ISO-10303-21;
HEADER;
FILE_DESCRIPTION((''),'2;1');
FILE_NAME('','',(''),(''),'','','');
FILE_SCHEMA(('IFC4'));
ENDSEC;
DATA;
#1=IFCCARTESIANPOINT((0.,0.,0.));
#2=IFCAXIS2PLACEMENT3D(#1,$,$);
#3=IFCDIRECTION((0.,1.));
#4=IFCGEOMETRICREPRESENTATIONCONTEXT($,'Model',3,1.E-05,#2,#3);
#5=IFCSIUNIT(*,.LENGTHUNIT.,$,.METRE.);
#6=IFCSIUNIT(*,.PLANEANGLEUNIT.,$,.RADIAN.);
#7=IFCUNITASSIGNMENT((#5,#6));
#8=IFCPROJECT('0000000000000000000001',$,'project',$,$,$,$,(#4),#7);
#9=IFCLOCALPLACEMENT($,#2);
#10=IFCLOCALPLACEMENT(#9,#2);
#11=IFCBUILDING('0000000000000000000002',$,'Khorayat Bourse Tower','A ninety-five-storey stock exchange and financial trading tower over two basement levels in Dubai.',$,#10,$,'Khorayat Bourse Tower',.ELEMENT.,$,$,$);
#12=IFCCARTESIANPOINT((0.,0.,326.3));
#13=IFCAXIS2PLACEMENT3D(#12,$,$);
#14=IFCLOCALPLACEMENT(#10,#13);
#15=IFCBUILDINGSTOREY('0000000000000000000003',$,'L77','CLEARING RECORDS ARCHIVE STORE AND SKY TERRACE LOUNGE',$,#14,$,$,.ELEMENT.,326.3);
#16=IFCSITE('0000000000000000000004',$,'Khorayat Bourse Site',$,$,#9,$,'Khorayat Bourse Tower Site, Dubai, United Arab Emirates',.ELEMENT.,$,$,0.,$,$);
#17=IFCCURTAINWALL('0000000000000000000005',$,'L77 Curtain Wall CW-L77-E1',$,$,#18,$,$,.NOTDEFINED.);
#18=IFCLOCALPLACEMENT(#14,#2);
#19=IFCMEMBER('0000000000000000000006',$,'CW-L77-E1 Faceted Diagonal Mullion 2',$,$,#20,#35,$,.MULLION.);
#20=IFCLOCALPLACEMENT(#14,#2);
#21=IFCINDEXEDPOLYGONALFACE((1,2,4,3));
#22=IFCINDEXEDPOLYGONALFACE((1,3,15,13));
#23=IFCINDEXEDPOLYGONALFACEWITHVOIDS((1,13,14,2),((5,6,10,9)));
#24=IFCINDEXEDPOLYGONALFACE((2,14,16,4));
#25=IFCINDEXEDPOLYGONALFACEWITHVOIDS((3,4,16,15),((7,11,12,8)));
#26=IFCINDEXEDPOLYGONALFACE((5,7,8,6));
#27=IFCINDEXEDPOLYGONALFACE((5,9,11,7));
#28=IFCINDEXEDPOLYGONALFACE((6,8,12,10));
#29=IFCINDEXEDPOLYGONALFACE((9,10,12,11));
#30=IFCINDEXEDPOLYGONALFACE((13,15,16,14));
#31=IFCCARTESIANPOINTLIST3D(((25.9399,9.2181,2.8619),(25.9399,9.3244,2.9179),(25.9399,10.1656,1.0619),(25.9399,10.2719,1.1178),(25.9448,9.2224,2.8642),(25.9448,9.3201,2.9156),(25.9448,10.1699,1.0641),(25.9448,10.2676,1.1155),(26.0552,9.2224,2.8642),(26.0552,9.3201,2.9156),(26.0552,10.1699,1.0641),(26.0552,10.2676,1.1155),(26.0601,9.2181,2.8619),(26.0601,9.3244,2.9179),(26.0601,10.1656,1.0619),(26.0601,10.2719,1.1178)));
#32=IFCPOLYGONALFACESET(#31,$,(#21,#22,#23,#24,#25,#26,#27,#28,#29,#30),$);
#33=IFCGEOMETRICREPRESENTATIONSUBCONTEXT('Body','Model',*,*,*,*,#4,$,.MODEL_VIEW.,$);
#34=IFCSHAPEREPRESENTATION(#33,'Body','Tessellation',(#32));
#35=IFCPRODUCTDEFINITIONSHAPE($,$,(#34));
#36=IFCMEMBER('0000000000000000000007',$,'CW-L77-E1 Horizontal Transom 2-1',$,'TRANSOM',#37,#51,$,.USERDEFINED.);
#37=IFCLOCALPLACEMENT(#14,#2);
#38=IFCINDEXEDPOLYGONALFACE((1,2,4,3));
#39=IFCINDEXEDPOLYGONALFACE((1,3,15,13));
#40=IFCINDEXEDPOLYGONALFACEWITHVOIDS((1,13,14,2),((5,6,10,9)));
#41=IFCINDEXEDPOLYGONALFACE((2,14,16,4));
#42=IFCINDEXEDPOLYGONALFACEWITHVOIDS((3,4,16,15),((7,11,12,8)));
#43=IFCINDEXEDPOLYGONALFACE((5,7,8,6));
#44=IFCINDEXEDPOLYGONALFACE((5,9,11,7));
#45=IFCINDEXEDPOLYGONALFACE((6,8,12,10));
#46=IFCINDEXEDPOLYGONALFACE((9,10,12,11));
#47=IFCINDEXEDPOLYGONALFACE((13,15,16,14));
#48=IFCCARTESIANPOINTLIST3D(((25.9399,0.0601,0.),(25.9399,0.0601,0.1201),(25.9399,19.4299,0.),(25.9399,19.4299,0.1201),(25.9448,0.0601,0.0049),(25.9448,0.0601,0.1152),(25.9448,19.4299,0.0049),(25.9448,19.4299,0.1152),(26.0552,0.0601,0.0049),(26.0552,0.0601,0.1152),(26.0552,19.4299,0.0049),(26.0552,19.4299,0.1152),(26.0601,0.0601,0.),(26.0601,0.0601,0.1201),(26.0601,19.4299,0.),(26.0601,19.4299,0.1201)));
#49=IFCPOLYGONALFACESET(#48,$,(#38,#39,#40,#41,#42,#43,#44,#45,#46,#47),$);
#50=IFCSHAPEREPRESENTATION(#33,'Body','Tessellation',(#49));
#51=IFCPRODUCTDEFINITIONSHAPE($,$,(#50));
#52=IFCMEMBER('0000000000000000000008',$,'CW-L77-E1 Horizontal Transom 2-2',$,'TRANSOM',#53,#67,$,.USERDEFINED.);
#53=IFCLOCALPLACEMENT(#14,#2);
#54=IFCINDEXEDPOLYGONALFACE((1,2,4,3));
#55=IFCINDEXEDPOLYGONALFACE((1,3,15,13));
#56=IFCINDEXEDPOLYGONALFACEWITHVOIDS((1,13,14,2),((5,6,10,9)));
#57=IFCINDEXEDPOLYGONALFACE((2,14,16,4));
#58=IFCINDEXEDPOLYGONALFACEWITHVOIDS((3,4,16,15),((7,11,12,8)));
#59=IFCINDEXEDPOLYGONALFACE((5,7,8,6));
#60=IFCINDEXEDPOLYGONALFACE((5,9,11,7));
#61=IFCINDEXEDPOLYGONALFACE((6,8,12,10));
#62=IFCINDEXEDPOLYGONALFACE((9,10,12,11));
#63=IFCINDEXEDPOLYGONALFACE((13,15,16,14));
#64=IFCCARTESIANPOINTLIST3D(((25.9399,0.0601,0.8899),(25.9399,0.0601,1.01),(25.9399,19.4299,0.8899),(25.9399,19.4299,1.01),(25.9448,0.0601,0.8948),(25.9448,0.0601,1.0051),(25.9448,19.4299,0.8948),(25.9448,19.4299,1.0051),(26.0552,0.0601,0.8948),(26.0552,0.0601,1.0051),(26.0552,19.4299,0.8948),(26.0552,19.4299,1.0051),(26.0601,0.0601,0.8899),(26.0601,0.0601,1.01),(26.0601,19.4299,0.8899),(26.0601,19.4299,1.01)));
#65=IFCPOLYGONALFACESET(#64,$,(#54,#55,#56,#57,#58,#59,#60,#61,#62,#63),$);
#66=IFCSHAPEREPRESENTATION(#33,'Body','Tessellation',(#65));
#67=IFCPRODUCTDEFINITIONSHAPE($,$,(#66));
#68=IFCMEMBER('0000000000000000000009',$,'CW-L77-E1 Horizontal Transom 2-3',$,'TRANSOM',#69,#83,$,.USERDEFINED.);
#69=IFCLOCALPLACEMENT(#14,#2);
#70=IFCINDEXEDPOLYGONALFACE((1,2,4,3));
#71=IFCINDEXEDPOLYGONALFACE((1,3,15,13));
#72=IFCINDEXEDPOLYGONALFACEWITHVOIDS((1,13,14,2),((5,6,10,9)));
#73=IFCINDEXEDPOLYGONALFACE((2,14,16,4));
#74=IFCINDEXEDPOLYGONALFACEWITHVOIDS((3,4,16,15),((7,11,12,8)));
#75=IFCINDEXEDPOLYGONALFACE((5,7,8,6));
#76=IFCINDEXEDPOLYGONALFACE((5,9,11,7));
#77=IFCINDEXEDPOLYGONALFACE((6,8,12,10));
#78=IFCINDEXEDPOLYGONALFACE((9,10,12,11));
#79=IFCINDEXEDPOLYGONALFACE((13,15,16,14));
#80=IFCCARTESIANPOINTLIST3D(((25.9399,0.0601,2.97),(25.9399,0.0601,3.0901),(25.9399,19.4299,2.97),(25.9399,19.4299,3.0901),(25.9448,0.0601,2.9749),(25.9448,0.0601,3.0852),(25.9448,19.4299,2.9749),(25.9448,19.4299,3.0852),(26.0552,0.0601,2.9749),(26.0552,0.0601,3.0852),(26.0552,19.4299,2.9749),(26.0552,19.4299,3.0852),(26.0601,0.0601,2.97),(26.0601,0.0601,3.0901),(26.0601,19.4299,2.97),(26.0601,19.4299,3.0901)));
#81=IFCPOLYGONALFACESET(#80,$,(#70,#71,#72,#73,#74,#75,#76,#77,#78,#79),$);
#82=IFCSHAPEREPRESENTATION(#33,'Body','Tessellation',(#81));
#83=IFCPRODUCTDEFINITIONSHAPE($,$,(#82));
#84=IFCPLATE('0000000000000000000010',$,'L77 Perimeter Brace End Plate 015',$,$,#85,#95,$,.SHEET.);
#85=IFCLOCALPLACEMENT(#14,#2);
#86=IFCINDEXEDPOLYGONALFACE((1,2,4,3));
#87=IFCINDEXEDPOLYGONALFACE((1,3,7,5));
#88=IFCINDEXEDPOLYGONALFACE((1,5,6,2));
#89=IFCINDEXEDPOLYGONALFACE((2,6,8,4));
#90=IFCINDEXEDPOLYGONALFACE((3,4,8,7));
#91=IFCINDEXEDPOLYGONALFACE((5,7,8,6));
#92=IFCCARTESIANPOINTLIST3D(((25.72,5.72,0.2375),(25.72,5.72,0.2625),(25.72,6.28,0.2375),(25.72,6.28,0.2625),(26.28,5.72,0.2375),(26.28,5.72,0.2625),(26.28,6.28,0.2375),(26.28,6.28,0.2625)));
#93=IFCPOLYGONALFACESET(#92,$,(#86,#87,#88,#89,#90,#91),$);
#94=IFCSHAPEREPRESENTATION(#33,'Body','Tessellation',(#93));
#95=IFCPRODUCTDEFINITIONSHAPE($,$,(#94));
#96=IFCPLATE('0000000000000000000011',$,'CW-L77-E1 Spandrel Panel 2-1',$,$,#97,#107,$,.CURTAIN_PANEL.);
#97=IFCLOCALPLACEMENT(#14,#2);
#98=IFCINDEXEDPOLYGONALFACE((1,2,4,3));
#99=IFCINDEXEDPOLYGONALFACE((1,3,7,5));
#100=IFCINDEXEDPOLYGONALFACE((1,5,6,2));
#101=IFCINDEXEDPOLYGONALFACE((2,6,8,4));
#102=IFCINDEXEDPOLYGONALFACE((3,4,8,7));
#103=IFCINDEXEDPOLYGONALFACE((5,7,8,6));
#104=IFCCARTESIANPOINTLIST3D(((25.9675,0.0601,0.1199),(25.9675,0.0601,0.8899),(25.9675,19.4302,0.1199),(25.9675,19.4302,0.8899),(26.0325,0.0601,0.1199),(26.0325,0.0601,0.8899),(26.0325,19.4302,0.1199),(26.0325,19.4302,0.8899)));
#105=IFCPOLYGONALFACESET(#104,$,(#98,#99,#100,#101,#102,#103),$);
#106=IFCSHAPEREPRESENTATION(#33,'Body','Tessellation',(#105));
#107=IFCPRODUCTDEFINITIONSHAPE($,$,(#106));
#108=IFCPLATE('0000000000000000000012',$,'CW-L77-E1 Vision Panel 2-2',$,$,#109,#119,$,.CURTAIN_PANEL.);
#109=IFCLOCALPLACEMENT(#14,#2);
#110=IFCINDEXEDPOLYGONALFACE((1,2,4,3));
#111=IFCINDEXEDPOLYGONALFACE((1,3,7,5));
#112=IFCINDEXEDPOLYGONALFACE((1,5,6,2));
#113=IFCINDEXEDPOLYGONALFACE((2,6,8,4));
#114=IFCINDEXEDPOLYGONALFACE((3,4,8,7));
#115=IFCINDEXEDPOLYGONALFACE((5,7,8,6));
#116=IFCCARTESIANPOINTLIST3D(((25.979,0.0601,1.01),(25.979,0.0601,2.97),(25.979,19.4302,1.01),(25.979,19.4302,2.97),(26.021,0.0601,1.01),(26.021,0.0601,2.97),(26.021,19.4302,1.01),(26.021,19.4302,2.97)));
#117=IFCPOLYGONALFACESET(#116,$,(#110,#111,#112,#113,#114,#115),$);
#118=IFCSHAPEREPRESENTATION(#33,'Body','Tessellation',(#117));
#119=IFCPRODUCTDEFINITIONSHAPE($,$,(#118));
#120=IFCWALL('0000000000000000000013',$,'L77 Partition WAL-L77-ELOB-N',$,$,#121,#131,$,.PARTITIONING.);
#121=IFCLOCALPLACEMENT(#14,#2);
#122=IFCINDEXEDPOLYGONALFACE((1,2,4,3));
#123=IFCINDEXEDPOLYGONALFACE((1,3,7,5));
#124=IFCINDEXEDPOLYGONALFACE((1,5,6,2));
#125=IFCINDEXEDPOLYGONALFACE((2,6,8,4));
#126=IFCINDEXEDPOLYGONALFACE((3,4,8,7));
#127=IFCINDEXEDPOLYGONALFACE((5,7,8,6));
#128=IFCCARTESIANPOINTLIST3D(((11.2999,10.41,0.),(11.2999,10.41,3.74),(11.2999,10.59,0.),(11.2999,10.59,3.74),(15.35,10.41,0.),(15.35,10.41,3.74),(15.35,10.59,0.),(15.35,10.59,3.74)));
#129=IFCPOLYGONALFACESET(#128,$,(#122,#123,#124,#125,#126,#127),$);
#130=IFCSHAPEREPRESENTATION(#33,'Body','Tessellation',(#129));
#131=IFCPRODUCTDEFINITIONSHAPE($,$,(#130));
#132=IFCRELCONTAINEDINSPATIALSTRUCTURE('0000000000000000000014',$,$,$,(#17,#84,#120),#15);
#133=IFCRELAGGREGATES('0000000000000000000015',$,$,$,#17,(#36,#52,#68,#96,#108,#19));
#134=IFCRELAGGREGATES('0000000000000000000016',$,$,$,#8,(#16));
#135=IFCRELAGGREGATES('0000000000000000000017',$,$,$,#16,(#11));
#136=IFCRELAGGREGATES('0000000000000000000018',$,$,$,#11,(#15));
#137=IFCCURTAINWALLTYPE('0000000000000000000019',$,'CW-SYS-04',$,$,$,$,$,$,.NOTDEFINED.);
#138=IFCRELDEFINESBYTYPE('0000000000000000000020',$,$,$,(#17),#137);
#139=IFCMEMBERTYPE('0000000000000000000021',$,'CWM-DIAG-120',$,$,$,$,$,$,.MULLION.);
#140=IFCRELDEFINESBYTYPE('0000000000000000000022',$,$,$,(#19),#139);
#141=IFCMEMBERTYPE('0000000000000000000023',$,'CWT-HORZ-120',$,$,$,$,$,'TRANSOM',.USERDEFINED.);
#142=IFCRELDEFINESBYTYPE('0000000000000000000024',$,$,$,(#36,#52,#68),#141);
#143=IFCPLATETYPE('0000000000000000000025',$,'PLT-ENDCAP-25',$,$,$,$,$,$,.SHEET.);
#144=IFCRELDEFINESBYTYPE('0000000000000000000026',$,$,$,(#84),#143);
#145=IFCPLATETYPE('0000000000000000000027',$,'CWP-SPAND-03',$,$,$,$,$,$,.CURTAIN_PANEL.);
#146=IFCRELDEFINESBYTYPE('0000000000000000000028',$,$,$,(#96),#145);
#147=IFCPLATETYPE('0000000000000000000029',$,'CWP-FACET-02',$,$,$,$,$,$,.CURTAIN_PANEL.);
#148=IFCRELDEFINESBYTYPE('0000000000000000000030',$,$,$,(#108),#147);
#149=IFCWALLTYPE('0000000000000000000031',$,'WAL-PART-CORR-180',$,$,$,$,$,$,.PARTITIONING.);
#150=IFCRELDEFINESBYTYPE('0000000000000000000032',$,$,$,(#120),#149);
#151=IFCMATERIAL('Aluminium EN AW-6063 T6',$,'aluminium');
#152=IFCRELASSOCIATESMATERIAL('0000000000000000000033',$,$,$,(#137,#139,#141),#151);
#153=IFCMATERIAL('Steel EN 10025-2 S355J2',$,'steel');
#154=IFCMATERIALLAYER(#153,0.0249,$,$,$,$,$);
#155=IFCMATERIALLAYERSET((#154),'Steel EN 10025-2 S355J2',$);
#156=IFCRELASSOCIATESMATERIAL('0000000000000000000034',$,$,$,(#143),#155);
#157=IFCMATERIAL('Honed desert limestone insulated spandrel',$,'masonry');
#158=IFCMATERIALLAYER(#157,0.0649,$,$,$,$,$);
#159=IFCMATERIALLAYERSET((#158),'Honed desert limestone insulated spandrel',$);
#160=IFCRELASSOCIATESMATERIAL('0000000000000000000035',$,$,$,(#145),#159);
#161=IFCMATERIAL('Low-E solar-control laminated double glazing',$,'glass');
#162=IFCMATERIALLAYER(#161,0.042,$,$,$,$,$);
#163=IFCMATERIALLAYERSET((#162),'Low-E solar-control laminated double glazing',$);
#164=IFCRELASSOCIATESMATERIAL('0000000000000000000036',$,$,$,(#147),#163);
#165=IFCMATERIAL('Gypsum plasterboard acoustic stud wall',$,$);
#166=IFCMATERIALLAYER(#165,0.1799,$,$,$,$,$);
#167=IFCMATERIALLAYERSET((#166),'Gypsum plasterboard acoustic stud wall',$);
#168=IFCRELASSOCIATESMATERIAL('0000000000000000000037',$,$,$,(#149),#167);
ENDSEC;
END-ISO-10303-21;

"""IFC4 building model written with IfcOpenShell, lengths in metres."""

from ifc_helpers import new_model, si_unit, direction, frame, frame_2d, origin, origin_2d, place, context, subcontext, project, spatial, rectangle, hollow_rectangle, extrude, source, transform, mapped, material, layer, layer_set, material_profile, profile_set, type_object, element, aggregate, save


model = new_model("IFC4")

# Units and contexts
model_context = context("Model", 3, precision=1e-05, world=origin(), true_north=direction((0.0, 1.0)))
body_context = subcontext(model_context, "Body", "Model", "MODEL_VIEW")
ifc_project = project(units=[si_unit("LENGTHUNIT", "METRE"), si_unit("PLANEANGLEUNIT", "RADIAN")], contexts=[model_context])

# Site, building, storey
site_placement = place(None, origin())
site = spatial("IfcSite", under=ifc_project, at=site_placement, Name="Khorayat Bourse Site", LongName="Khorayat Bourse Tower Site, Dubai, United Arab Emirates", CompositionType="ELEMENT", RefElevation=0.0)
building_placement = place(site_placement, origin())
building = spatial("IfcBuilding", under=site, at=building_placement, Name="Khorayat Bourse Tower", Description="A ninety-five-storey stock exchange and financial trading tower over two basement levels in Dubai.", LongName="Khorayat Bourse Tower", CompositionType="ELEMENT")
storey_placement = place(building_placement, frame((0.0, 0.0, 326.3)))
storey = spatial("IfcBuildingStorey", under=building, at=storey_placement, Name="L77", Description="CLEARING RECORDS ARCHIVE STORE AND SKY TERRACE LOUNGE", CompositionType="ELEMENT", Elevation=326.3)

# Shared definitions
ifc_material_1 = material(Name="Steel EN 10025-2 S355J2", Category="steel")

# Curtain wall, members
ifc_material_2 = material(Name="Aluminium EN AW-6063 T6", Category="aluminium")
curtain_wall_type = type_object("IfcCurtainWallType", Name="CW-SYS-04", PredefinedType="NOTDEFINED", material=ifc_material_2)
curtain_wall_placement = place(storey_placement, origin())
curtain_wall = element("IfcCurtainWall", 1, at=curtain_wall_placement, inside=storey, type_object=curtain_wall_type, Name="L77 Curtain Wall CW-L77-E1", PredefinedType="NOTDEFINED")
ifc_material_profile_1 = material_profile(ifc_material_2, hollow_rectangle(XDim=0.1201, YDim=0.1201, WallThickness=0.0049, at=origin_2d()), Name="ALU 120x120x5")
ifc_profile_set_1 = profile_set([ifc_material_profile_1], Name="Aluminium EN AW-6063 T6")
member_type_1 = type_object("IfcMemberType", Name="CWM-DIAG-120", PredefinedType="MULLION", material=ifc_profile_set_1)
shared_shape_1 = source(origin(), body_context, "Body", "SweptSolid", [
    extrude(hollow_rectangle(XDim=0.1201, YDim=0.1201, WallThickness=0.0049, at=origin_2d()), origin(), (0.0, 0.0, 1.0), 2.0342),
])
member_1_placement = place(storey_placement, frame((26.0, 10.2188, 1.0898), z_axis=(0.0, -0.465791, 0.884895), x_axis=(1.0, 0.0, 0.0)))
member_1 = element("IfcMember", 2, at=member_1_placement, type_object=member_type_1, Name="CW-L77-E1 Faceted Diagonal Mullion 2", PredefinedType="MULLION", context=body_context, shape_type="MappedRepresentation", body=[
    mapped(shared_shape_1, transform((0.0, 0.0, 0.0), scale=1.0)),
])
ifc_material_profile_2 = material_profile(ifc_material_2, hollow_rectangle(XDim=0.1201, YDim=0.1201, WallThickness=0.0049, at=origin_2d()), Name="ALU 120x120x5")
ifc_profile_set_2 = profile_set([ifc_material_profile_2], Name="Aluminium EN AW-6063 T6")
member_type_2 = type_object("IfcMemberType", Name="CWT-HORZ-120", ElementType="TRANSOM", PredefinedType="USERDEFINED", material=ifc_profile_set_2)
shared_shape_2 = source(origin(), body_context, "Body", "SweptSolid", [
    extrude(hollow_rectangle(XDim=0.1201, YDim=0.1201, WallThickness=0.0049, at=origin_2d()), origin(), (0.0, 0.0, 1.0), 19.3699),
])
member_2_placement = place(storey_placement, frame((26.0, 0.0601, 0.0601), z_axis=(0.0, 1.0, 0.0), x_axis=(-1.0, 0.0, 0.0)))
member_2 = element("IfcMember", 3, at=member_2_placement, type_object=member_type_2, Name="CW-L77-E1 Horizontal Transom 2-1", ObjectType="TRANSOM", PredefinedType="USERDEFINED", context=body_context, shape_type="MappedRepresentation", body=[
    mapped(shared_shape_2, transform((0.0, 0.0, 0.0), scale=1.0)),
])
member_3_placement = place(storey_placement, frame((26.0, 0.0601, 0.95), z_axis=(0.0, 1.0, 0.0), x_axis=(-1.0, 0.0, 0.0)))
member_3 = element("IfcMember", 4, at=member_3_placement, type_object=member_type_2, Name="CW-L77-E1 Horizontal Transom 2-2", ObjectType="TRANSOM", PredefinedType="USERDEFINED", context=body_context, shape_type="MappedRepresentation", body=[
    mapped(shared_shape_2, transform((0.0, 0.0, 0.0), scale=1.0)),
])
member_4_placement = place(storey_placement, frame((26.0, 0.0601, 3.03), z_axis=(0.0, 1.0, 0.0), x_axis=(-1.0, 0.0, 0.0)))
member_4 = element("IfcMember", 5, at=member_4_placement, type_object=member_type_2, Name="CW-L77-E1 Horizontal Transom 2-3", ObjectType="TRANSOM", PredefinedType="USERDEFINED", context=body_context, shape_type="MappedRepresentation", body=[
    mapped(shared_shape_2, transform((0.0, 0.0, 0.0), scale=1.0)),
])

# Plates
ifc_layer_1 = layer(ifc_material_1, 0.0249)
ifc_layer_set_1 = layer_set([ifc_layer_1], Name="Steel EN 10025-2 S355J2")
plate_type_1 = type_object("IfcPlateType", Name="PLT-ENDCAP-25", PredefinedType="SHEET", material=ifc_layer_set_1)
shared_shape_3 = source(origin(), body_context, "Body", "SweptSolid", [
    extrude(rectangle(XDim=0.5601, YDim=0.5601, at=origin_2d()), origin(), (0.0, 0.0, 1.0), 0.0249),
])
plate_1_placement = place(storey_placement, frame((26.0, 6.0, 0.2375), z_axis=(0.0, 0.0, 1.0), x_axis=(1.0, 0.0, 0.0)))
element("IfcPlate", 6, at=plate_1_placement, inside=storey, type_object=plate_type_1, Name="L77 Perimeter Brace End Plate 015", PredefinedType="SHEET", context=body_context, shape_type="MappedRepresentation", body=[
    mapped(shared_shape_3, transform((0.0, 0.0, 0.0), scale=1.0)),
])
ifc_material_3 = material(Name="Honed desert limestone insulated spandrel", Category="masonry")
ifc_layer_2 = layer(ifc_material_3, 0.0649)
ifc_layer_set_2 = layer_set([ifc_layer_2], Name="Honed desert limestone insulated spandrel")
plate_type_2 = type_object("IfcPlateType", Name="CWP-SPAND-03", PredefinedType="CURTAIN_PANEL", material=ifc_layer_set_2)
shared_shape_4 = source(origin(), body_context, "Body", "SweptSolid", [
    extrude(rectangle(XDim=19.3701, YDim=0.0649, at=origin_2d()), origin(), (0.0, 0.0, 1.0), 0.77),
])
plate_2_placement = place(storey_placement, frame((26.0, 9.7451, 0.1199), z_axis=(0.0, 0.0, 1.0), x_axis=(0.0, 1.0, 0.0)))
plate_2 = element("IfcPlate", 7, at=plate_2_placement, type_object=plate_type_2, Name="CW-L77-E1 Spandrel Panel 2-1", PredefinedType="CURTAIN_PANEL", context=body_context, shape_type="MappedRepresentation", body=[
    mapped(shared_shape_4, transform((0.0, 0.0, 0.0), scale=1.0)),
])
ifc_material_4 = material(Name="Low-E solar-control laminated double glazing", Category="glass")
ifc_layer_3 = layer(ifc_material_4, 0.042)
ifc_layer_set_3 = layer_set([ifc_layer_3], Name="Low-E solar-control laminated double glazing")
plate_type_3 = type_object("IfcPlateType", Name="CWP-FACET-02", PredefinedType="CURTAIN_PANEL", material=ifc_layer_set_3)
shared_shape_5 = source(origin(), body_context, "Body", "SweptSolid", [
    extrude(rectangle(XDim=19.3701, YDim=0.042, at=origin_2d()), origin(), (0.0, 0.0, 1.0), 1.96),
])
plate_3_placement = place(storey_placement, frame((26.0, 9.7451, 1.01), z_axis=(0.0, 0.0, 1.0), x_axis=(0.0, 1.0, 0.0)))
plate_3 = element("IfcPlate", 8, at=plate_3_placement, type_object=plate_type_3, Name="CW-L77-E1 Vision Panel 2-2", PredefinedType="CURTAIN_PANEL", context=body_context, shape_type="MappedRepresentation", body=[
    mapped(shared_shape_5, transform((0.0, 0.0, 0.0), scale=1.0)),
])
aggregate(curtain_wall, [member_2, member_3, member_4, plate_2, plate_3, member_1])

# Wall
ifc_material_5 = material(Name="Gypsum plasterboard acoustic stud wall")
ifc_layer_4 = layer(ifc_material_5, 0.1799)
ifc_layer_set_4 = layer_set([ifc_layer_4], Name="Gypsum plasterboard acoustic stud wall")
wall_type = type_object("IfcWallType", Name="WAL-PART-CORR-180", PredefinedType="PARTITIONING", material=ifc_layer_set_4)
shared_shape_6 = source(origin(), body_context, "Body", "SweptSolid", [
    extrude(rectangle(XDim=4.05, YDim=0.1799, at=frame_2d((2.0249, 0.0))), origin(), (0.0, 0.0, 1.0), 3.74),
])
wall_placement = place(storey_placement, frame((11.3, 10.5, 0.0), z_axis=(0.0, 0.0, 1.0), x_axis=(1.0, 0.0, 0.0)))
element("IfcWall", 9, at=wall_placement, inside=storey, type_object=wall_type, Name="L77 Partition WAL-L77-ELOB-N", PredefinedType="PARTITIONING", context=body_context, shape_type="MappedRepresentation", body=[
    mapped(shared_shape_6, transform((0.0, 0.0, 0.0), scale=1.0)),
])

save(model, "model.ifc")
